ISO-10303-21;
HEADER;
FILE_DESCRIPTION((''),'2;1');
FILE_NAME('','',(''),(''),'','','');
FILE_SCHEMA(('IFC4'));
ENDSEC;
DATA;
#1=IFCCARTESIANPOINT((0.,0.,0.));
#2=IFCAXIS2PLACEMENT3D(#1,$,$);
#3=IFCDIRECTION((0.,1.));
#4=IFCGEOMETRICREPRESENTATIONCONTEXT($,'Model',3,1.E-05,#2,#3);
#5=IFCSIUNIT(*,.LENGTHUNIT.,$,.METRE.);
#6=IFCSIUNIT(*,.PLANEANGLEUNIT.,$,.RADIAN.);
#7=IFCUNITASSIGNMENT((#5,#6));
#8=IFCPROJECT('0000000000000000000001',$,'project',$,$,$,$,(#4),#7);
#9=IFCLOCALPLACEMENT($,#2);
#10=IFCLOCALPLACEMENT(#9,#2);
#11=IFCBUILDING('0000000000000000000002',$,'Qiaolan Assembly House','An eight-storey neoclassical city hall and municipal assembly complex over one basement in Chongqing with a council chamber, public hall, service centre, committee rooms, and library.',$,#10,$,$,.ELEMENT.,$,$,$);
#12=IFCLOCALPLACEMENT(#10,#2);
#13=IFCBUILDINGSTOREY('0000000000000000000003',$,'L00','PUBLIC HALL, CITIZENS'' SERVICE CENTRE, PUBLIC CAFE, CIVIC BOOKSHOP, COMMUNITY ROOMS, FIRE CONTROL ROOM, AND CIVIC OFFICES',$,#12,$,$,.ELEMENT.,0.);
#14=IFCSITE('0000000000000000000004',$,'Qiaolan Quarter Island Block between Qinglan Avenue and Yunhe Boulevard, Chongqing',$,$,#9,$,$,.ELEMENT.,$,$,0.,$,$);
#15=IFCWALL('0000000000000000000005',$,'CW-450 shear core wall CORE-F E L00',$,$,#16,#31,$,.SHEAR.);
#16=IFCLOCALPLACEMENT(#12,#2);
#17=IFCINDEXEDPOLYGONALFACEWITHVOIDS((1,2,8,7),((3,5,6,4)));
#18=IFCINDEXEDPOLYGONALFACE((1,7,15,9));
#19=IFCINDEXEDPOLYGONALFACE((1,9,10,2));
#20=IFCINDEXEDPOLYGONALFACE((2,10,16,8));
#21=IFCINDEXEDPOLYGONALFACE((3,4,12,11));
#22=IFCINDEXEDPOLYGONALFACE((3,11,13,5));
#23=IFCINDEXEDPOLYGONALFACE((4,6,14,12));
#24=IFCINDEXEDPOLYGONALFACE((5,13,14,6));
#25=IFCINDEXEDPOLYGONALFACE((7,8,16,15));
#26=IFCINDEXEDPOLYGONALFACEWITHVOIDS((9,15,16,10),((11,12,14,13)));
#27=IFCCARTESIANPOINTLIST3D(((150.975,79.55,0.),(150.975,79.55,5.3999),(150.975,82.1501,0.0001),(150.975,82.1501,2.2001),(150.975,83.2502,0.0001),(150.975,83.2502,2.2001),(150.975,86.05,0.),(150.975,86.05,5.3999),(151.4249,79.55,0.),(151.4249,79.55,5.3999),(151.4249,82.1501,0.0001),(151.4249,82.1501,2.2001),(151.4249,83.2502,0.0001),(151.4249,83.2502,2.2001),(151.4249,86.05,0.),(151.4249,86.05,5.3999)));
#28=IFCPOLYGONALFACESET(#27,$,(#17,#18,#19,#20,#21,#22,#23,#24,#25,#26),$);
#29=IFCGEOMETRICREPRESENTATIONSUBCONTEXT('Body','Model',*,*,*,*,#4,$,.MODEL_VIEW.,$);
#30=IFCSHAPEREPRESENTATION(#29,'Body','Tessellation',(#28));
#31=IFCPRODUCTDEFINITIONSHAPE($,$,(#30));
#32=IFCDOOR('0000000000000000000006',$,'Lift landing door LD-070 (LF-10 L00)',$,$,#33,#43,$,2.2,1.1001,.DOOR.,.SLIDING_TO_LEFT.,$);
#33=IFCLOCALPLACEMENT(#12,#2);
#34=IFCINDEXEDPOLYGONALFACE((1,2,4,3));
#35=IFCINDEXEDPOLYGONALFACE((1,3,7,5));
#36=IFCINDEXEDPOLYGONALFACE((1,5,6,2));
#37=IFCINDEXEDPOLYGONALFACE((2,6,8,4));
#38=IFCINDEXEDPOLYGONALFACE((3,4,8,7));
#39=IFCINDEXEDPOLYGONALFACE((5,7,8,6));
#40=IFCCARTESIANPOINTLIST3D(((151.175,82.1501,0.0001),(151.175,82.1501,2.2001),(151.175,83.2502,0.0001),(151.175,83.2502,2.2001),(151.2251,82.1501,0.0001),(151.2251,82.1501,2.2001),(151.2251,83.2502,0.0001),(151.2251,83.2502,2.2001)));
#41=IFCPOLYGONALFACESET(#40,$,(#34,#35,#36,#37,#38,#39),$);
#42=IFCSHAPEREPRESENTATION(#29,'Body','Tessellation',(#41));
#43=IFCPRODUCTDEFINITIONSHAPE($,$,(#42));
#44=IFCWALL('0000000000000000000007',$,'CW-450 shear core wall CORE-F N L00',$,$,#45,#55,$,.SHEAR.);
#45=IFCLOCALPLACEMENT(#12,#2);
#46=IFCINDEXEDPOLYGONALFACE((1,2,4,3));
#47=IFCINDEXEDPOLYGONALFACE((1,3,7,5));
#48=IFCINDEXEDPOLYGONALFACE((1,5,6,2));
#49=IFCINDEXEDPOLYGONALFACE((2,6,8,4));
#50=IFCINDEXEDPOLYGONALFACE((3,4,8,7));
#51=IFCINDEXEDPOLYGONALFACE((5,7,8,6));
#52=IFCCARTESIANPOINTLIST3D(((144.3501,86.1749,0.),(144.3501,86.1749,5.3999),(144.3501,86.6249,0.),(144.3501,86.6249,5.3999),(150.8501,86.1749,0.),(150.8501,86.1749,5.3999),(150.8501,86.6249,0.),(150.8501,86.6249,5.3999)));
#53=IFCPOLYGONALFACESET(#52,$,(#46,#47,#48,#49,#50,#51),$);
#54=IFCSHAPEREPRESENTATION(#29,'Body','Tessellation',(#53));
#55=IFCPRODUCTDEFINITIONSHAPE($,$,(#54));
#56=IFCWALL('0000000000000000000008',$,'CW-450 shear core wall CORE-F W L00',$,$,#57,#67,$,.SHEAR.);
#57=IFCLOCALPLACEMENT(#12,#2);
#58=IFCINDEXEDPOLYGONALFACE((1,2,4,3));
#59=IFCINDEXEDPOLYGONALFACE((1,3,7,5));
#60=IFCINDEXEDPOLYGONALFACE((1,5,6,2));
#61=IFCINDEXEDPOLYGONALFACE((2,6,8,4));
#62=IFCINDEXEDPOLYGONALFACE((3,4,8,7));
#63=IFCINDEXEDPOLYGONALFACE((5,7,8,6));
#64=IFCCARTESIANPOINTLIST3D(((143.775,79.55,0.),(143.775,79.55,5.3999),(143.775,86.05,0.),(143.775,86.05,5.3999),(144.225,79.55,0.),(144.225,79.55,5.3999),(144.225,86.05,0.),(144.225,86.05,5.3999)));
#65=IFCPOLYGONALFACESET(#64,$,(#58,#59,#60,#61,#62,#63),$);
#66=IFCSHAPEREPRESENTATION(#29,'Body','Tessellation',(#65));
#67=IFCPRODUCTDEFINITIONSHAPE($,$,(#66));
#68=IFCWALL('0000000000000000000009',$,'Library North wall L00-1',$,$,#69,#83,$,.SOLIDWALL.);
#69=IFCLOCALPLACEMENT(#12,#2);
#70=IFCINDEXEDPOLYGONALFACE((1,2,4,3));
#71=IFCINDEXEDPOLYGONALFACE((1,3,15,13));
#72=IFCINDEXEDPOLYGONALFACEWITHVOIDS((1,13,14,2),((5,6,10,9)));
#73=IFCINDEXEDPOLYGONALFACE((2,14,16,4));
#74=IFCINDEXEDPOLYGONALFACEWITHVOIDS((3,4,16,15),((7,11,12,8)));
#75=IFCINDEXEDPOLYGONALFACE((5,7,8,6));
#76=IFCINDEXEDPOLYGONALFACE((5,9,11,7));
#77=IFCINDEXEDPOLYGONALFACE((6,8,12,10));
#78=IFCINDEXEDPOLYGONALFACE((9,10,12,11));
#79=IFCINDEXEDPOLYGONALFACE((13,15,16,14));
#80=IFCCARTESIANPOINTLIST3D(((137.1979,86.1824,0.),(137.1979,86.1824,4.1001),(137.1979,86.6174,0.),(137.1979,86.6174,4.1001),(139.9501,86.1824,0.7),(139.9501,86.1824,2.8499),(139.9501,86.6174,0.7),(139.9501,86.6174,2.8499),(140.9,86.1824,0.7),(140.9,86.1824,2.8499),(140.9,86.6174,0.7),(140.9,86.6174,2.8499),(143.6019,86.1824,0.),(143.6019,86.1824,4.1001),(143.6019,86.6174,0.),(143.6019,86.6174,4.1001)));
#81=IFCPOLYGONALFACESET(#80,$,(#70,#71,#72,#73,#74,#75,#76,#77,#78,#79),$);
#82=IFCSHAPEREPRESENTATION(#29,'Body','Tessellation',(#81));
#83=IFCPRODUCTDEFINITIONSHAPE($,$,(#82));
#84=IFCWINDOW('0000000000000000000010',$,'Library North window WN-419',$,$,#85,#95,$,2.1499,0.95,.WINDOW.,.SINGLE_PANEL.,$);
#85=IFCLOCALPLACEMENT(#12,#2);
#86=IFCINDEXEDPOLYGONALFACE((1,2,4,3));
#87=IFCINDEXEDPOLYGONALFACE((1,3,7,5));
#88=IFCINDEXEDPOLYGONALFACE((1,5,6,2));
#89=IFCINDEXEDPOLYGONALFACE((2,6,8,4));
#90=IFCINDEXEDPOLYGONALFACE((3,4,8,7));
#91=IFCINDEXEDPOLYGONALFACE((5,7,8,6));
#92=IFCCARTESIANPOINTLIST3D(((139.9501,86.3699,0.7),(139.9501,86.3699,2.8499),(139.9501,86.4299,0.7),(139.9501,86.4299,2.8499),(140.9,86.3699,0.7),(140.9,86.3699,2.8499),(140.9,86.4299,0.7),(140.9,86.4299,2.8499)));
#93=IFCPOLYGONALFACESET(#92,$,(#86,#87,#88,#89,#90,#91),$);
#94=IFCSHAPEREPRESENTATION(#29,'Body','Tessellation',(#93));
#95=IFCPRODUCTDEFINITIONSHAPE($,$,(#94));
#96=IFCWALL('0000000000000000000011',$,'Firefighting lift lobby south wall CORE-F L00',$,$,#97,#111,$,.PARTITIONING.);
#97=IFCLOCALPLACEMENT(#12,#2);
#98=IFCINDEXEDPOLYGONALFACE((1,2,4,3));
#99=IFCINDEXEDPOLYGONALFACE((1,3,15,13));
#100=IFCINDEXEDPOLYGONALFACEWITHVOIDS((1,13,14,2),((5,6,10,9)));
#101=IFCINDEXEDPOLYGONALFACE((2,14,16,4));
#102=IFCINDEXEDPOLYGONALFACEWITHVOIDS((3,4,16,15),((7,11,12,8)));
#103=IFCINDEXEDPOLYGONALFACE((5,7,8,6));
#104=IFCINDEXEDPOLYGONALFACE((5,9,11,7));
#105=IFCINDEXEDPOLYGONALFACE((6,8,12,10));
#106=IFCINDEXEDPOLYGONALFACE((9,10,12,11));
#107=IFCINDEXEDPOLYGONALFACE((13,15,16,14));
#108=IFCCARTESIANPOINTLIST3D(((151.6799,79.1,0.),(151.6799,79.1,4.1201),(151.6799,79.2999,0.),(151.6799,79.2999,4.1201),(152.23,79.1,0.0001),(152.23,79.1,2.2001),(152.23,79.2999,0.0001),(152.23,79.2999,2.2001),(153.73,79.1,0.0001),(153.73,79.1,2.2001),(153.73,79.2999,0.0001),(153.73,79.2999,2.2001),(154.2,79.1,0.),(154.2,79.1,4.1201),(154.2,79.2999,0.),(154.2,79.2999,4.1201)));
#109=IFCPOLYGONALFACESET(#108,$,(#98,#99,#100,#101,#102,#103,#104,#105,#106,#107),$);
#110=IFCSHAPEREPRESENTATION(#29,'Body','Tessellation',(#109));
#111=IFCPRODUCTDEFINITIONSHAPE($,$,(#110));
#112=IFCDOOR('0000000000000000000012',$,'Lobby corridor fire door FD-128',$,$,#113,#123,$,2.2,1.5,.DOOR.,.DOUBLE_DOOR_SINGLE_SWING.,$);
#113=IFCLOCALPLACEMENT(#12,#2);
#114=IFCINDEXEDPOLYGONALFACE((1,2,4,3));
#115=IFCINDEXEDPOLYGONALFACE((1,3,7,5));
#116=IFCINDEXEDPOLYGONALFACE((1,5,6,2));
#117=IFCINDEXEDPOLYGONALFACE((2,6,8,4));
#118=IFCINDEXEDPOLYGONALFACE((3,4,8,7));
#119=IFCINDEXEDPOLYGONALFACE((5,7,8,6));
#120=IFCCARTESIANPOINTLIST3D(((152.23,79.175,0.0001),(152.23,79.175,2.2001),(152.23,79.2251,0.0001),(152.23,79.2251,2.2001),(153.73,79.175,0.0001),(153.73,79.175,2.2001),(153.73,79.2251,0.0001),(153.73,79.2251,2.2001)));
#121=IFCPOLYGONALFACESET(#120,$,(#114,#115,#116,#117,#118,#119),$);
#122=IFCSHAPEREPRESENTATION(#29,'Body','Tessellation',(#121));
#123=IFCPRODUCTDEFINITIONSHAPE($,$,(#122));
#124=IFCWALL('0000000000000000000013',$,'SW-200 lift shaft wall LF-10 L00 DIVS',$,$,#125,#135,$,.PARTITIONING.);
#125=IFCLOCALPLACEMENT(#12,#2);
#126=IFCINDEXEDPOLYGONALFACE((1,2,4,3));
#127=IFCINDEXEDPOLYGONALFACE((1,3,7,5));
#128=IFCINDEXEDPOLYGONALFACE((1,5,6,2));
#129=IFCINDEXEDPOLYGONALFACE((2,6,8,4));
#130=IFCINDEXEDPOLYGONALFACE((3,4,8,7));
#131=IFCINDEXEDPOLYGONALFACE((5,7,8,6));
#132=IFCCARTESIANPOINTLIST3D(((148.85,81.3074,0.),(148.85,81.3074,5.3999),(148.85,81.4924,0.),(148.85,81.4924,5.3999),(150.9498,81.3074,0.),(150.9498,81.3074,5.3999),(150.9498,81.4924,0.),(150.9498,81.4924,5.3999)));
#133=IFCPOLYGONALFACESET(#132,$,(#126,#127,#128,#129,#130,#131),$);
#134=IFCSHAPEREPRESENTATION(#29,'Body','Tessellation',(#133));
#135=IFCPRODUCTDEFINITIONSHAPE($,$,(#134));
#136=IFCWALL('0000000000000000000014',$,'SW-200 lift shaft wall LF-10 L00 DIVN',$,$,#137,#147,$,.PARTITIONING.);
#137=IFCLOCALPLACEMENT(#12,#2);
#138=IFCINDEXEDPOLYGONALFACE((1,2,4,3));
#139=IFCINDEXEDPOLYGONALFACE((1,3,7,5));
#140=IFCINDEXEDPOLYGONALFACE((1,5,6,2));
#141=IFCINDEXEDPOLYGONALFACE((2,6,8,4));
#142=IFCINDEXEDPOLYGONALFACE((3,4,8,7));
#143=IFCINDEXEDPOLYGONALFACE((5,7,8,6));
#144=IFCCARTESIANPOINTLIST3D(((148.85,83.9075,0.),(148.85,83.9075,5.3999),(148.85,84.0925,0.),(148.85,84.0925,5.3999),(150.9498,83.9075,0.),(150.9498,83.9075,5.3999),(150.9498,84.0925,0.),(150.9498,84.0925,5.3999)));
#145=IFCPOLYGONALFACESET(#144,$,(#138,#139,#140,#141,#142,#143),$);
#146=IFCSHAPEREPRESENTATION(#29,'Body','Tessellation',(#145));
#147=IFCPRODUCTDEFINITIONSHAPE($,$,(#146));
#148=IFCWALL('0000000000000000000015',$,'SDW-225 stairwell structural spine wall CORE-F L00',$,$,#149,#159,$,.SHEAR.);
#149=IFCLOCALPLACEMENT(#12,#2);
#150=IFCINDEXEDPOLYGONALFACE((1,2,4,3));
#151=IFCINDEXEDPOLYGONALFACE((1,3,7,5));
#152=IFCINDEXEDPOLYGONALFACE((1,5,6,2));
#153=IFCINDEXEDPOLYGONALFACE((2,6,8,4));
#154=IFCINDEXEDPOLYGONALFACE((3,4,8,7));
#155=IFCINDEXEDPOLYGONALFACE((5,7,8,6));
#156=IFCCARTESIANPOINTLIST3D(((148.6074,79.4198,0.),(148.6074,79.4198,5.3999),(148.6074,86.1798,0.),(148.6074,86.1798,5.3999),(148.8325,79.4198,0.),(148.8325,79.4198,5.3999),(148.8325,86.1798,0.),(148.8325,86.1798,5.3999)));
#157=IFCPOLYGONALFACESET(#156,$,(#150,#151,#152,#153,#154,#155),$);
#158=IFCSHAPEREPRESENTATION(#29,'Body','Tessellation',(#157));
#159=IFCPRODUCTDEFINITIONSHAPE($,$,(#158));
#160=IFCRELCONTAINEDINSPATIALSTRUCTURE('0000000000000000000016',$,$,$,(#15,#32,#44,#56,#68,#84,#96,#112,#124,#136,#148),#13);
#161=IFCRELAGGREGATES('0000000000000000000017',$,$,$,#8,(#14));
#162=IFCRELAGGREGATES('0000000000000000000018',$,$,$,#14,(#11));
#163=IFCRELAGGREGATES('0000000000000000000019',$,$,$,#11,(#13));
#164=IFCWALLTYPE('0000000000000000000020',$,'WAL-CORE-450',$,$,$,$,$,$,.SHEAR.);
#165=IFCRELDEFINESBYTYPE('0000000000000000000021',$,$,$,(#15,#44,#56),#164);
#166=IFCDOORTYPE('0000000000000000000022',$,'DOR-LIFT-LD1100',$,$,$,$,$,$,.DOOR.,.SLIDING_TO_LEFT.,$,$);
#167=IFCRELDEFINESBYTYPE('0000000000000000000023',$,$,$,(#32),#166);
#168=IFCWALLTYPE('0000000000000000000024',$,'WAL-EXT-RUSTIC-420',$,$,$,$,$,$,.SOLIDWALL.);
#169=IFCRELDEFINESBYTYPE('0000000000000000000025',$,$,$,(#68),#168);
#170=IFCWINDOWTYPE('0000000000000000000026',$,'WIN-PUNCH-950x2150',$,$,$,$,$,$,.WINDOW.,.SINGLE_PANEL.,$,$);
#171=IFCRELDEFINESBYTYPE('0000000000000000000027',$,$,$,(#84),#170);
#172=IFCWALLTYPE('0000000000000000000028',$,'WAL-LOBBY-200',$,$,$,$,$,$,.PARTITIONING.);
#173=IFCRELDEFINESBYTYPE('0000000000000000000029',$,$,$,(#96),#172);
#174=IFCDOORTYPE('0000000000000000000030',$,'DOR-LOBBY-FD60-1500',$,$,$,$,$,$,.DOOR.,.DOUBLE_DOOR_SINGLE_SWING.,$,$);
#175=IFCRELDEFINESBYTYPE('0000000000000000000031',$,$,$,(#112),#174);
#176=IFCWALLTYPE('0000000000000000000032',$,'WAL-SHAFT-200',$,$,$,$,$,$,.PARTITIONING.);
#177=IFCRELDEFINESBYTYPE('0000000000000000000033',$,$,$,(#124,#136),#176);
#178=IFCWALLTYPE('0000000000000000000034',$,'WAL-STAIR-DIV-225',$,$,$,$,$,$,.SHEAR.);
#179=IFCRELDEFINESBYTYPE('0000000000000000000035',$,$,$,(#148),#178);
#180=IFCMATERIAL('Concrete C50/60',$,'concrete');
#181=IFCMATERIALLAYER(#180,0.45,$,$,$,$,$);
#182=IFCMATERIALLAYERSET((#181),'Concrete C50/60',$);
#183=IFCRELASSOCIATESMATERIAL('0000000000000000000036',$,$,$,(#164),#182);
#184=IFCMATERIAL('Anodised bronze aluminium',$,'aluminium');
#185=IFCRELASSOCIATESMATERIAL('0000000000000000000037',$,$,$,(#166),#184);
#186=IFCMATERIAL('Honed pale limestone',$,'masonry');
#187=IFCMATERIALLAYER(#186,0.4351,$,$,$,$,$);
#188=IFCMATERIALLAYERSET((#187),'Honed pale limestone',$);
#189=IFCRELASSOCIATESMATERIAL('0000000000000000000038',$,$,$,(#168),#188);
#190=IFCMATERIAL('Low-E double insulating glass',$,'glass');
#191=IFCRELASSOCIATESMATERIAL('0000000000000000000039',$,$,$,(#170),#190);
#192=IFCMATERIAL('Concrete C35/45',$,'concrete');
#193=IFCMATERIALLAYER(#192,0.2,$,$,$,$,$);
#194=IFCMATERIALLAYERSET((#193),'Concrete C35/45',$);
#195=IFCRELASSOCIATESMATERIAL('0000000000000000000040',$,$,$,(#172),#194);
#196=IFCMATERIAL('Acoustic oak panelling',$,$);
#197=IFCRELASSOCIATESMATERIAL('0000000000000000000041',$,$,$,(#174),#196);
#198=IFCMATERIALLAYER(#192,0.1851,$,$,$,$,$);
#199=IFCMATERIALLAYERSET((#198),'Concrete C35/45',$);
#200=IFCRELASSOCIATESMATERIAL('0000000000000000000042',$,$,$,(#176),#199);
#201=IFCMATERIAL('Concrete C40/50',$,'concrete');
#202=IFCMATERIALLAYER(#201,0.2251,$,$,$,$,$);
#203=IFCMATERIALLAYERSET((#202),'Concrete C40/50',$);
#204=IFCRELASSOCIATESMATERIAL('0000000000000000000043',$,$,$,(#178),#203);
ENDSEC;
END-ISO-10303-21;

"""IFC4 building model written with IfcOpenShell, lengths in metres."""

from ifc_helpers import new_model, si_unit, direction, frame, frame_2d, origin, place, context, subcontext, project, spatial, rectangle, extrude, material, layer, layer_set, type_object, element, fill, save


model = new_model("IFC4")

# Units and contexts
model_context = context("Model", 3, precision=1e-05, world=origin(), true_north=direction((0.0, 1.0)))
body_context = subcontext(model_context, "Body", "Model", "MODEL_VIEW")
ifc_project = project(units=[si_unit("LENGTHUNIT", "METRE"), si_unit("PLANEANGLEUNIT", "RADIAN")], contexts=[model_context])

# Site, building, storey
site_placement = place(None, origin())
site = spatial("IfcSite", under=ifc_project, at=site_placement, Name="Qiaolan Quarter Island Block between Qinglan Avenue and Yunhe Boulevard, Chongqing", CompositionType="ELEMENT", RefElevation=0.0)
building_placement = place(site_placement, origin())
building = spatial("IfcBuilding", under=site, at=building_placement, Name="Qiaolan Assembly House", Description="An eight-storey neoclassical city hall and municipal assembly complex over one basement in Chongqing with a council chamber, public hall, service centre, committee rooms, and library.", CompositionType="ELEMENT")
storey_placement = place(building_placement, origin())
storey = spatial("IfcBuildingStorey", under=building, at=storey_placement, Name="L00", Description="PUBLIC HALL, CITIZENS' SERVICE CENTRE, PUBLIC CAFE, CIVIC BOOKSHOP, COMMUNITY ROOMS, FIRE CONTROL ROOM, AND CIVIC OFFICES", CompositionType="ELEMENT", Elevation=0.0)

# Shared definitions
ifc_material_1 = material(Name="Concrete C50/60", Category="concrete")

# Shared definitions
ifc_material_2 = material(Name="Concrete C40/50", Category="concrete")

# Wall, opening, door
ifc_layer_1 = layer(ifc_material_1, 0.45)
ifc_layer_set_1 = layer_set([ifc_layer_1], Name="Concrete C50/60")
wall_type_1 = type_object("IfcWallType", Name="WAL-CORE-450", PredefinedType="SHEAR", material=ifc_layer_set_1)
wall_1_placement = place(storey_placement, frame((151.2, 79.55, 0.0), z_axis=(0.0, 0.0, 1.0), x_axis=(0.0, 1.0, 0.0)))
wall_1 = element("IfcWall", 1, at=wall_1_placement, inside=storey, type_object=wall_type_1, Name="CW-450 shear core wall CORE-F E L00", PredefinedType="SHEAR", context=body_context, shape_type="SweptSolid", body=[
    extrude(rectangle(XDim=6.5, YDim=0.45, at=frame_2d((3.25, 0.0))), origin(), (0.0, 0.0, 1.0), 5.3999),
])
opening_1_placement = place(wall_1_placement, frame((2.6001, 0.0, 0.0)))
opening_1 = element("IfcOpeningElement", 2, at=opening_1_placement, cuts=wall_1, PredefinedType="OPENING", context=body_context, shape_type="SweptSolid", body=[
    extrude(rectangle(XDim=1.1001, YDim=2.2, at=frame_2d((0.55, 1.1001))), frame((0.0, 0.2349, 0.0), z_axis=(0.0, -1.0, 0.0), x_axis=(1.0, 0.0, 0.0)), (0.0, 0.0, 1.0), 0.47),
])
ifc_material_3 = material(Name="Anodised bronze aluminium", Category="aluminium")
door_type_1 = type_object("IfcDoorType", Name="DOR-LIFT-LD1100", OperationType="SLIDING_TO_LEFT", PredefinedType="DOOR", material=ifc_material_3)
door_1_placement = place(opening_1_placement, origin())
door_1 = element("IfcDoor", 3, at=door_1_placement, inside=storey, type_object=door_type_1, Name="Lift landing door LD-070 (LF-10 L00)", OperationType="SLIDING_TO_LEFT", OverallHeight=2.2, OverallWidth=1.1001, PredefinedType="DOOR", context=body_context, shape_type="SweptSolid", body=[
    extrude(rectangle(XDim=1.1001, YDim=2.2, at=frame_2d((0.55, 1.1001))), frame((0.0, 0.0249, 0.0), z_axis=(0.0, -1.0, 0.0), x_axis=(1.0, 0.0, 0.0)), (0.0, 0.0, 1.0), 0.05),
])
fill(opening_1, door_1)

# Walls
for number, where, z_axis, x_axis, name in (
    (4, (150.8501, 86.3999, 0.0), (0.0, 0.0, 1.0), (-1.0, 0.0, 0.0), "CW-450 shear core wall CORE-F N L00"),
    (5, (144.0, 86.05, 0.0), (0.0, 0.0, 1.0), (0.0, -1.0, 0.0), "CW-450 shear core wall CORE-F W L00"),
):
    element("IfcWall", number, at=place(storey_placement, frame(where, z_axis=z_axis, x_axis=x_axis)), inside=storey, type_object=wall_type_1, Name=name, PredefinedType="SHEAR", context=body_context, shape_type="SweptSolid", body=[
        extrude(rectangle(XDim=6.5, YDim=0.45, at=frame_2d((3.25, 0.0))), origin(), (0.0, 0.0, 1.0), 5.3999),
    ])

# Wall, opening, window
ifc_material_4 = material(Name="Honed pale limestone", Category="masonry")
ifc_layer_2 = layer(ifc_material_4, 0.4351)
ifc_layer_set_2 = layer_set([ifc_layer_2], Name="Honed pale limestone")
wall_type_2 = type_object("IfcWallType", Name="WAL-EXT-RUSTIC-420", PredefinedType="SOLIDWALL", material=ifc_layer_set_2)
wall_2_placement = place(storey_placement, frame((143.6021, 86.3999, 0.0), z_axis=(0.0, 0.0, 1.0), x_axis=(-1.0, 0.0, 0.0)))
wall_2 = element("IfcWall", 6, at=wall_2_placement, inside=storey, type_object=wall_type_2, Name="Library North wall L00-1", PredefinedType="SOLIDWALL", context=body_context, shape_type="SweptSolid", body=[
    extrude(rectangle(XDim=6.4041, YDim=0.4351, at=frame_2d((3.2021, 0.0))), origin(), (0.0, 0.0, 1.0), 4.1001),
])
opening_2_placement = place(wall_2_placement, frame((2.7019, 0.0, 0.7)))
opening_2 = element("IfcOpeningElement", 7, at=opening_2_placement, cuts=wall_2, PredefinedType="OPENING", context=body_context, shape_type="SweptSolid", body=[
    extrude(rectangle(XDim=0.95, YDim=2.1499, at=frame_2d((0.4751, 1.075))), frame((0.0, 0.2275, 0.0), z_axis=(0.0, -1.0, 0.0), x_axis=(1.0, 0.0, 0.0)), (0.0, 0.0, 1.0), 0.4551),
])
ifc_material_5 = material(Name="Low-E double insulating glass", Category="glass")
window_type = type_object("IfcWindowType", Name="WIN-PUNCH-950x2150", PartitioningType="SINGLE_PANEL", PredefinedType="WINDOW", material=ifc_material_5)
window_placement = place(opening_2_placement, origin())
window = element("IfcWindow", 8, at=window_placement, inside=storey, type_object=window_type, Name="Library North window WN-419", OverallHeight=2.1499, OverallWidth=0.95, PartitioningType="SINGLE_PANEL", PredefinedType="WINDOW", context=body_context, shape_type="SweptSolid", body=[
    extrude(rectangle(XDim=0.95, YDim=2.1499, at=frame_2d((0.4751, 1.075))), frame((0.0, 0.03, 0.0), z_axis=(0.0, -1.0, 0.0), x_axis=(1.0, 0.0, 0.0)), (0.0, 0.0, 1.0), 0.0601),
])
fill(opening_2, window)

# Wall, opening, door
ifc_material_6 = material(Name="Concrete C35/45", Category="concrete")
ifc_layer_3 = layer(ifc_material_6, 0.2)
ifc_layer_set_3 = layer_set([ifc_layer_3], Name="Concrete C35/45")
wall_type_3 = type_object("IfcWallType", Name="WAL-LOBBY-200", PredefinedType="PARTITIONING", material=ifc_layer_set_3)
wall_3_placement = place(storey_placement, frame((151.6799, 79.2, 0.0), z_axis=(0.0, 0.0, 1.0), x_axis=(1.0, 0.0, 0.0)))
wall_3 = element("IfcWall", 9, at=wall_3_placement, inside=storey, type_object=wall_type_3, Name="Firefighting lift lobby south wall CORE-F L00", PredefinedType="PARTITIONING", context=body_context, shape_type="SweptSolid", body=[
    extrude(rectangle(XDim=2.52, YDim=0.2, at=frame_2d((1.26, 0.0))), origin(), (0.0, 0.0, 1.0), 4.1201),
])
opening_3_placement = place(wall_3_placement, frame((0.55, 0.0, 0.0)))
opening_3 = element("IfcOpeningElement", 10, at=opening_3_placement, cuts=wall_3, PredefinedType="OPENING", context=body_context, shape_type="SweptSolid", body=[
    extrude(rectangle(XDim=1.5, YDim=2.2, at=frame_2d((0.75, 1.1001))), frame((0.0, 0.1099, 0.0), z_axis=(0.0, -1.0, 0.0), x_axis=(1.0, 0.0, 0.0)), (0.0, 0.0, 1.0), 0.22),
])
ifc_material_7 = material(Name="Acoustic oak panelling")
door_type_2 = type_object("IfcDoorType", Name="DOR-LOBBY-FD60-1500", OperationType="DOUBLE_DOOR_SINGLE_SWING", PredefinedType="DOOR", material=ifc_material_7)
door_2_placement = place(opening_3_placement, frame((1.5, 0.0, 0.0), z_axis=(0.0, 0.0, 1.0), x_axis=(-1.0, 0.0, 0.0)))
door_2 = element("IfcDoor", 11, at=door_2_placement, inside=storey, type_object=door_type_2, Name="Lobby corridor fire door FD-128", OperationType="DOUBLE_DOOR_SINGLE_SWING", OverallHeight=2.2, OverallWidth=1.5, PredefinedType="DOOR", context=body_context, shape_type="SweptSolid", body=[
    extrude(rectangle(XDim=1.5, YDim=2.2, at=frame_2d((0.75, 1.1001))), frame((0.0, 0.0249, 0.0), z_axis=(0.0, -1.0, 0.0), x_axis=(1.0, 0.0, 0.0)), (0.0, 0.0, 1.0), 0.05),
])
fill(opening_3, door_2)

# Walls
ifc_layer_4 = layer(ifc_material_6, 0.1851)
ifc_layer_set_4 = layer_set([ifc_layer_4], Name="Concrete C35/45")
wall_type_4 = type_object("IfcWallType", Name="WAL-SHAFT-200", PredefinedType="PARTITIONING", material=ifc_layer_set_4)
for number, where, z_axis, x_axis, name in (
    (12, (148.8501, 81.3999, 0.0), (0.0, 0.0, 1.0), (1.0, 0.0, 0.0), "SW-200 lift shaft wall LF-10 L00 DIVS"),
    (13, (148.8501, 84.0, 0.0), (0.0, 0.0, 1.0), (1.0, 0.0, 0.0), "SW-200 lift shaft wall LF-10 L00 DIVN"),
):
    element("IfcWall", number, at=place(storey_placement, frame(where, z_axis=z_axis, x_axis=x_axis)), inside=storey, type_object=wall_type_4, Name=name, PredefinedType="PARTITIONING", context=body_context, shape_type="SweptSolid", body=[
        extrude(rectangle(XDim=2.0999, YDim=0.1851, at=frame_2d((1.0498, 0.0))), origin(), (0.0, 0.0, 1.0), 5.3999),
    ])
ifc_layer_5 = layer(ifc_material_2, 0.2251)
ifc_layer_set_5 = layer_set([ifc_layer_5], Name="Concrete C40/50")
wall_type_5 = type_object("IfcWallType", Name="WAL-STAIR-DIV-225", PredefinedType="SHEAR", material=ifc_layer_set_5)
wall_4_placement = place(storey_placement, frame((148.72, 79.4199, 0.0), z_axis=(0.0, 0.0, 1.0), x_axis=(0.0, 1.0, 0.0)))
element("IfcWall", 14, at=wall_4_placement, inside=storey, type_object=wall_type_5, Name="SDW-225 stairwell structural spine wall CORE-F L00", PredefinedType="SHEAR", context=body_context, shape_type="SweptSolid", body=[
    extrude(rectangle(XDim=6.76, YDim=0.2251, at=frame_2d((3.3799, 0.0))), origin(), (0.0, 0.0, 1.0), 5.3999),
])

save(model, "model.ifc")
